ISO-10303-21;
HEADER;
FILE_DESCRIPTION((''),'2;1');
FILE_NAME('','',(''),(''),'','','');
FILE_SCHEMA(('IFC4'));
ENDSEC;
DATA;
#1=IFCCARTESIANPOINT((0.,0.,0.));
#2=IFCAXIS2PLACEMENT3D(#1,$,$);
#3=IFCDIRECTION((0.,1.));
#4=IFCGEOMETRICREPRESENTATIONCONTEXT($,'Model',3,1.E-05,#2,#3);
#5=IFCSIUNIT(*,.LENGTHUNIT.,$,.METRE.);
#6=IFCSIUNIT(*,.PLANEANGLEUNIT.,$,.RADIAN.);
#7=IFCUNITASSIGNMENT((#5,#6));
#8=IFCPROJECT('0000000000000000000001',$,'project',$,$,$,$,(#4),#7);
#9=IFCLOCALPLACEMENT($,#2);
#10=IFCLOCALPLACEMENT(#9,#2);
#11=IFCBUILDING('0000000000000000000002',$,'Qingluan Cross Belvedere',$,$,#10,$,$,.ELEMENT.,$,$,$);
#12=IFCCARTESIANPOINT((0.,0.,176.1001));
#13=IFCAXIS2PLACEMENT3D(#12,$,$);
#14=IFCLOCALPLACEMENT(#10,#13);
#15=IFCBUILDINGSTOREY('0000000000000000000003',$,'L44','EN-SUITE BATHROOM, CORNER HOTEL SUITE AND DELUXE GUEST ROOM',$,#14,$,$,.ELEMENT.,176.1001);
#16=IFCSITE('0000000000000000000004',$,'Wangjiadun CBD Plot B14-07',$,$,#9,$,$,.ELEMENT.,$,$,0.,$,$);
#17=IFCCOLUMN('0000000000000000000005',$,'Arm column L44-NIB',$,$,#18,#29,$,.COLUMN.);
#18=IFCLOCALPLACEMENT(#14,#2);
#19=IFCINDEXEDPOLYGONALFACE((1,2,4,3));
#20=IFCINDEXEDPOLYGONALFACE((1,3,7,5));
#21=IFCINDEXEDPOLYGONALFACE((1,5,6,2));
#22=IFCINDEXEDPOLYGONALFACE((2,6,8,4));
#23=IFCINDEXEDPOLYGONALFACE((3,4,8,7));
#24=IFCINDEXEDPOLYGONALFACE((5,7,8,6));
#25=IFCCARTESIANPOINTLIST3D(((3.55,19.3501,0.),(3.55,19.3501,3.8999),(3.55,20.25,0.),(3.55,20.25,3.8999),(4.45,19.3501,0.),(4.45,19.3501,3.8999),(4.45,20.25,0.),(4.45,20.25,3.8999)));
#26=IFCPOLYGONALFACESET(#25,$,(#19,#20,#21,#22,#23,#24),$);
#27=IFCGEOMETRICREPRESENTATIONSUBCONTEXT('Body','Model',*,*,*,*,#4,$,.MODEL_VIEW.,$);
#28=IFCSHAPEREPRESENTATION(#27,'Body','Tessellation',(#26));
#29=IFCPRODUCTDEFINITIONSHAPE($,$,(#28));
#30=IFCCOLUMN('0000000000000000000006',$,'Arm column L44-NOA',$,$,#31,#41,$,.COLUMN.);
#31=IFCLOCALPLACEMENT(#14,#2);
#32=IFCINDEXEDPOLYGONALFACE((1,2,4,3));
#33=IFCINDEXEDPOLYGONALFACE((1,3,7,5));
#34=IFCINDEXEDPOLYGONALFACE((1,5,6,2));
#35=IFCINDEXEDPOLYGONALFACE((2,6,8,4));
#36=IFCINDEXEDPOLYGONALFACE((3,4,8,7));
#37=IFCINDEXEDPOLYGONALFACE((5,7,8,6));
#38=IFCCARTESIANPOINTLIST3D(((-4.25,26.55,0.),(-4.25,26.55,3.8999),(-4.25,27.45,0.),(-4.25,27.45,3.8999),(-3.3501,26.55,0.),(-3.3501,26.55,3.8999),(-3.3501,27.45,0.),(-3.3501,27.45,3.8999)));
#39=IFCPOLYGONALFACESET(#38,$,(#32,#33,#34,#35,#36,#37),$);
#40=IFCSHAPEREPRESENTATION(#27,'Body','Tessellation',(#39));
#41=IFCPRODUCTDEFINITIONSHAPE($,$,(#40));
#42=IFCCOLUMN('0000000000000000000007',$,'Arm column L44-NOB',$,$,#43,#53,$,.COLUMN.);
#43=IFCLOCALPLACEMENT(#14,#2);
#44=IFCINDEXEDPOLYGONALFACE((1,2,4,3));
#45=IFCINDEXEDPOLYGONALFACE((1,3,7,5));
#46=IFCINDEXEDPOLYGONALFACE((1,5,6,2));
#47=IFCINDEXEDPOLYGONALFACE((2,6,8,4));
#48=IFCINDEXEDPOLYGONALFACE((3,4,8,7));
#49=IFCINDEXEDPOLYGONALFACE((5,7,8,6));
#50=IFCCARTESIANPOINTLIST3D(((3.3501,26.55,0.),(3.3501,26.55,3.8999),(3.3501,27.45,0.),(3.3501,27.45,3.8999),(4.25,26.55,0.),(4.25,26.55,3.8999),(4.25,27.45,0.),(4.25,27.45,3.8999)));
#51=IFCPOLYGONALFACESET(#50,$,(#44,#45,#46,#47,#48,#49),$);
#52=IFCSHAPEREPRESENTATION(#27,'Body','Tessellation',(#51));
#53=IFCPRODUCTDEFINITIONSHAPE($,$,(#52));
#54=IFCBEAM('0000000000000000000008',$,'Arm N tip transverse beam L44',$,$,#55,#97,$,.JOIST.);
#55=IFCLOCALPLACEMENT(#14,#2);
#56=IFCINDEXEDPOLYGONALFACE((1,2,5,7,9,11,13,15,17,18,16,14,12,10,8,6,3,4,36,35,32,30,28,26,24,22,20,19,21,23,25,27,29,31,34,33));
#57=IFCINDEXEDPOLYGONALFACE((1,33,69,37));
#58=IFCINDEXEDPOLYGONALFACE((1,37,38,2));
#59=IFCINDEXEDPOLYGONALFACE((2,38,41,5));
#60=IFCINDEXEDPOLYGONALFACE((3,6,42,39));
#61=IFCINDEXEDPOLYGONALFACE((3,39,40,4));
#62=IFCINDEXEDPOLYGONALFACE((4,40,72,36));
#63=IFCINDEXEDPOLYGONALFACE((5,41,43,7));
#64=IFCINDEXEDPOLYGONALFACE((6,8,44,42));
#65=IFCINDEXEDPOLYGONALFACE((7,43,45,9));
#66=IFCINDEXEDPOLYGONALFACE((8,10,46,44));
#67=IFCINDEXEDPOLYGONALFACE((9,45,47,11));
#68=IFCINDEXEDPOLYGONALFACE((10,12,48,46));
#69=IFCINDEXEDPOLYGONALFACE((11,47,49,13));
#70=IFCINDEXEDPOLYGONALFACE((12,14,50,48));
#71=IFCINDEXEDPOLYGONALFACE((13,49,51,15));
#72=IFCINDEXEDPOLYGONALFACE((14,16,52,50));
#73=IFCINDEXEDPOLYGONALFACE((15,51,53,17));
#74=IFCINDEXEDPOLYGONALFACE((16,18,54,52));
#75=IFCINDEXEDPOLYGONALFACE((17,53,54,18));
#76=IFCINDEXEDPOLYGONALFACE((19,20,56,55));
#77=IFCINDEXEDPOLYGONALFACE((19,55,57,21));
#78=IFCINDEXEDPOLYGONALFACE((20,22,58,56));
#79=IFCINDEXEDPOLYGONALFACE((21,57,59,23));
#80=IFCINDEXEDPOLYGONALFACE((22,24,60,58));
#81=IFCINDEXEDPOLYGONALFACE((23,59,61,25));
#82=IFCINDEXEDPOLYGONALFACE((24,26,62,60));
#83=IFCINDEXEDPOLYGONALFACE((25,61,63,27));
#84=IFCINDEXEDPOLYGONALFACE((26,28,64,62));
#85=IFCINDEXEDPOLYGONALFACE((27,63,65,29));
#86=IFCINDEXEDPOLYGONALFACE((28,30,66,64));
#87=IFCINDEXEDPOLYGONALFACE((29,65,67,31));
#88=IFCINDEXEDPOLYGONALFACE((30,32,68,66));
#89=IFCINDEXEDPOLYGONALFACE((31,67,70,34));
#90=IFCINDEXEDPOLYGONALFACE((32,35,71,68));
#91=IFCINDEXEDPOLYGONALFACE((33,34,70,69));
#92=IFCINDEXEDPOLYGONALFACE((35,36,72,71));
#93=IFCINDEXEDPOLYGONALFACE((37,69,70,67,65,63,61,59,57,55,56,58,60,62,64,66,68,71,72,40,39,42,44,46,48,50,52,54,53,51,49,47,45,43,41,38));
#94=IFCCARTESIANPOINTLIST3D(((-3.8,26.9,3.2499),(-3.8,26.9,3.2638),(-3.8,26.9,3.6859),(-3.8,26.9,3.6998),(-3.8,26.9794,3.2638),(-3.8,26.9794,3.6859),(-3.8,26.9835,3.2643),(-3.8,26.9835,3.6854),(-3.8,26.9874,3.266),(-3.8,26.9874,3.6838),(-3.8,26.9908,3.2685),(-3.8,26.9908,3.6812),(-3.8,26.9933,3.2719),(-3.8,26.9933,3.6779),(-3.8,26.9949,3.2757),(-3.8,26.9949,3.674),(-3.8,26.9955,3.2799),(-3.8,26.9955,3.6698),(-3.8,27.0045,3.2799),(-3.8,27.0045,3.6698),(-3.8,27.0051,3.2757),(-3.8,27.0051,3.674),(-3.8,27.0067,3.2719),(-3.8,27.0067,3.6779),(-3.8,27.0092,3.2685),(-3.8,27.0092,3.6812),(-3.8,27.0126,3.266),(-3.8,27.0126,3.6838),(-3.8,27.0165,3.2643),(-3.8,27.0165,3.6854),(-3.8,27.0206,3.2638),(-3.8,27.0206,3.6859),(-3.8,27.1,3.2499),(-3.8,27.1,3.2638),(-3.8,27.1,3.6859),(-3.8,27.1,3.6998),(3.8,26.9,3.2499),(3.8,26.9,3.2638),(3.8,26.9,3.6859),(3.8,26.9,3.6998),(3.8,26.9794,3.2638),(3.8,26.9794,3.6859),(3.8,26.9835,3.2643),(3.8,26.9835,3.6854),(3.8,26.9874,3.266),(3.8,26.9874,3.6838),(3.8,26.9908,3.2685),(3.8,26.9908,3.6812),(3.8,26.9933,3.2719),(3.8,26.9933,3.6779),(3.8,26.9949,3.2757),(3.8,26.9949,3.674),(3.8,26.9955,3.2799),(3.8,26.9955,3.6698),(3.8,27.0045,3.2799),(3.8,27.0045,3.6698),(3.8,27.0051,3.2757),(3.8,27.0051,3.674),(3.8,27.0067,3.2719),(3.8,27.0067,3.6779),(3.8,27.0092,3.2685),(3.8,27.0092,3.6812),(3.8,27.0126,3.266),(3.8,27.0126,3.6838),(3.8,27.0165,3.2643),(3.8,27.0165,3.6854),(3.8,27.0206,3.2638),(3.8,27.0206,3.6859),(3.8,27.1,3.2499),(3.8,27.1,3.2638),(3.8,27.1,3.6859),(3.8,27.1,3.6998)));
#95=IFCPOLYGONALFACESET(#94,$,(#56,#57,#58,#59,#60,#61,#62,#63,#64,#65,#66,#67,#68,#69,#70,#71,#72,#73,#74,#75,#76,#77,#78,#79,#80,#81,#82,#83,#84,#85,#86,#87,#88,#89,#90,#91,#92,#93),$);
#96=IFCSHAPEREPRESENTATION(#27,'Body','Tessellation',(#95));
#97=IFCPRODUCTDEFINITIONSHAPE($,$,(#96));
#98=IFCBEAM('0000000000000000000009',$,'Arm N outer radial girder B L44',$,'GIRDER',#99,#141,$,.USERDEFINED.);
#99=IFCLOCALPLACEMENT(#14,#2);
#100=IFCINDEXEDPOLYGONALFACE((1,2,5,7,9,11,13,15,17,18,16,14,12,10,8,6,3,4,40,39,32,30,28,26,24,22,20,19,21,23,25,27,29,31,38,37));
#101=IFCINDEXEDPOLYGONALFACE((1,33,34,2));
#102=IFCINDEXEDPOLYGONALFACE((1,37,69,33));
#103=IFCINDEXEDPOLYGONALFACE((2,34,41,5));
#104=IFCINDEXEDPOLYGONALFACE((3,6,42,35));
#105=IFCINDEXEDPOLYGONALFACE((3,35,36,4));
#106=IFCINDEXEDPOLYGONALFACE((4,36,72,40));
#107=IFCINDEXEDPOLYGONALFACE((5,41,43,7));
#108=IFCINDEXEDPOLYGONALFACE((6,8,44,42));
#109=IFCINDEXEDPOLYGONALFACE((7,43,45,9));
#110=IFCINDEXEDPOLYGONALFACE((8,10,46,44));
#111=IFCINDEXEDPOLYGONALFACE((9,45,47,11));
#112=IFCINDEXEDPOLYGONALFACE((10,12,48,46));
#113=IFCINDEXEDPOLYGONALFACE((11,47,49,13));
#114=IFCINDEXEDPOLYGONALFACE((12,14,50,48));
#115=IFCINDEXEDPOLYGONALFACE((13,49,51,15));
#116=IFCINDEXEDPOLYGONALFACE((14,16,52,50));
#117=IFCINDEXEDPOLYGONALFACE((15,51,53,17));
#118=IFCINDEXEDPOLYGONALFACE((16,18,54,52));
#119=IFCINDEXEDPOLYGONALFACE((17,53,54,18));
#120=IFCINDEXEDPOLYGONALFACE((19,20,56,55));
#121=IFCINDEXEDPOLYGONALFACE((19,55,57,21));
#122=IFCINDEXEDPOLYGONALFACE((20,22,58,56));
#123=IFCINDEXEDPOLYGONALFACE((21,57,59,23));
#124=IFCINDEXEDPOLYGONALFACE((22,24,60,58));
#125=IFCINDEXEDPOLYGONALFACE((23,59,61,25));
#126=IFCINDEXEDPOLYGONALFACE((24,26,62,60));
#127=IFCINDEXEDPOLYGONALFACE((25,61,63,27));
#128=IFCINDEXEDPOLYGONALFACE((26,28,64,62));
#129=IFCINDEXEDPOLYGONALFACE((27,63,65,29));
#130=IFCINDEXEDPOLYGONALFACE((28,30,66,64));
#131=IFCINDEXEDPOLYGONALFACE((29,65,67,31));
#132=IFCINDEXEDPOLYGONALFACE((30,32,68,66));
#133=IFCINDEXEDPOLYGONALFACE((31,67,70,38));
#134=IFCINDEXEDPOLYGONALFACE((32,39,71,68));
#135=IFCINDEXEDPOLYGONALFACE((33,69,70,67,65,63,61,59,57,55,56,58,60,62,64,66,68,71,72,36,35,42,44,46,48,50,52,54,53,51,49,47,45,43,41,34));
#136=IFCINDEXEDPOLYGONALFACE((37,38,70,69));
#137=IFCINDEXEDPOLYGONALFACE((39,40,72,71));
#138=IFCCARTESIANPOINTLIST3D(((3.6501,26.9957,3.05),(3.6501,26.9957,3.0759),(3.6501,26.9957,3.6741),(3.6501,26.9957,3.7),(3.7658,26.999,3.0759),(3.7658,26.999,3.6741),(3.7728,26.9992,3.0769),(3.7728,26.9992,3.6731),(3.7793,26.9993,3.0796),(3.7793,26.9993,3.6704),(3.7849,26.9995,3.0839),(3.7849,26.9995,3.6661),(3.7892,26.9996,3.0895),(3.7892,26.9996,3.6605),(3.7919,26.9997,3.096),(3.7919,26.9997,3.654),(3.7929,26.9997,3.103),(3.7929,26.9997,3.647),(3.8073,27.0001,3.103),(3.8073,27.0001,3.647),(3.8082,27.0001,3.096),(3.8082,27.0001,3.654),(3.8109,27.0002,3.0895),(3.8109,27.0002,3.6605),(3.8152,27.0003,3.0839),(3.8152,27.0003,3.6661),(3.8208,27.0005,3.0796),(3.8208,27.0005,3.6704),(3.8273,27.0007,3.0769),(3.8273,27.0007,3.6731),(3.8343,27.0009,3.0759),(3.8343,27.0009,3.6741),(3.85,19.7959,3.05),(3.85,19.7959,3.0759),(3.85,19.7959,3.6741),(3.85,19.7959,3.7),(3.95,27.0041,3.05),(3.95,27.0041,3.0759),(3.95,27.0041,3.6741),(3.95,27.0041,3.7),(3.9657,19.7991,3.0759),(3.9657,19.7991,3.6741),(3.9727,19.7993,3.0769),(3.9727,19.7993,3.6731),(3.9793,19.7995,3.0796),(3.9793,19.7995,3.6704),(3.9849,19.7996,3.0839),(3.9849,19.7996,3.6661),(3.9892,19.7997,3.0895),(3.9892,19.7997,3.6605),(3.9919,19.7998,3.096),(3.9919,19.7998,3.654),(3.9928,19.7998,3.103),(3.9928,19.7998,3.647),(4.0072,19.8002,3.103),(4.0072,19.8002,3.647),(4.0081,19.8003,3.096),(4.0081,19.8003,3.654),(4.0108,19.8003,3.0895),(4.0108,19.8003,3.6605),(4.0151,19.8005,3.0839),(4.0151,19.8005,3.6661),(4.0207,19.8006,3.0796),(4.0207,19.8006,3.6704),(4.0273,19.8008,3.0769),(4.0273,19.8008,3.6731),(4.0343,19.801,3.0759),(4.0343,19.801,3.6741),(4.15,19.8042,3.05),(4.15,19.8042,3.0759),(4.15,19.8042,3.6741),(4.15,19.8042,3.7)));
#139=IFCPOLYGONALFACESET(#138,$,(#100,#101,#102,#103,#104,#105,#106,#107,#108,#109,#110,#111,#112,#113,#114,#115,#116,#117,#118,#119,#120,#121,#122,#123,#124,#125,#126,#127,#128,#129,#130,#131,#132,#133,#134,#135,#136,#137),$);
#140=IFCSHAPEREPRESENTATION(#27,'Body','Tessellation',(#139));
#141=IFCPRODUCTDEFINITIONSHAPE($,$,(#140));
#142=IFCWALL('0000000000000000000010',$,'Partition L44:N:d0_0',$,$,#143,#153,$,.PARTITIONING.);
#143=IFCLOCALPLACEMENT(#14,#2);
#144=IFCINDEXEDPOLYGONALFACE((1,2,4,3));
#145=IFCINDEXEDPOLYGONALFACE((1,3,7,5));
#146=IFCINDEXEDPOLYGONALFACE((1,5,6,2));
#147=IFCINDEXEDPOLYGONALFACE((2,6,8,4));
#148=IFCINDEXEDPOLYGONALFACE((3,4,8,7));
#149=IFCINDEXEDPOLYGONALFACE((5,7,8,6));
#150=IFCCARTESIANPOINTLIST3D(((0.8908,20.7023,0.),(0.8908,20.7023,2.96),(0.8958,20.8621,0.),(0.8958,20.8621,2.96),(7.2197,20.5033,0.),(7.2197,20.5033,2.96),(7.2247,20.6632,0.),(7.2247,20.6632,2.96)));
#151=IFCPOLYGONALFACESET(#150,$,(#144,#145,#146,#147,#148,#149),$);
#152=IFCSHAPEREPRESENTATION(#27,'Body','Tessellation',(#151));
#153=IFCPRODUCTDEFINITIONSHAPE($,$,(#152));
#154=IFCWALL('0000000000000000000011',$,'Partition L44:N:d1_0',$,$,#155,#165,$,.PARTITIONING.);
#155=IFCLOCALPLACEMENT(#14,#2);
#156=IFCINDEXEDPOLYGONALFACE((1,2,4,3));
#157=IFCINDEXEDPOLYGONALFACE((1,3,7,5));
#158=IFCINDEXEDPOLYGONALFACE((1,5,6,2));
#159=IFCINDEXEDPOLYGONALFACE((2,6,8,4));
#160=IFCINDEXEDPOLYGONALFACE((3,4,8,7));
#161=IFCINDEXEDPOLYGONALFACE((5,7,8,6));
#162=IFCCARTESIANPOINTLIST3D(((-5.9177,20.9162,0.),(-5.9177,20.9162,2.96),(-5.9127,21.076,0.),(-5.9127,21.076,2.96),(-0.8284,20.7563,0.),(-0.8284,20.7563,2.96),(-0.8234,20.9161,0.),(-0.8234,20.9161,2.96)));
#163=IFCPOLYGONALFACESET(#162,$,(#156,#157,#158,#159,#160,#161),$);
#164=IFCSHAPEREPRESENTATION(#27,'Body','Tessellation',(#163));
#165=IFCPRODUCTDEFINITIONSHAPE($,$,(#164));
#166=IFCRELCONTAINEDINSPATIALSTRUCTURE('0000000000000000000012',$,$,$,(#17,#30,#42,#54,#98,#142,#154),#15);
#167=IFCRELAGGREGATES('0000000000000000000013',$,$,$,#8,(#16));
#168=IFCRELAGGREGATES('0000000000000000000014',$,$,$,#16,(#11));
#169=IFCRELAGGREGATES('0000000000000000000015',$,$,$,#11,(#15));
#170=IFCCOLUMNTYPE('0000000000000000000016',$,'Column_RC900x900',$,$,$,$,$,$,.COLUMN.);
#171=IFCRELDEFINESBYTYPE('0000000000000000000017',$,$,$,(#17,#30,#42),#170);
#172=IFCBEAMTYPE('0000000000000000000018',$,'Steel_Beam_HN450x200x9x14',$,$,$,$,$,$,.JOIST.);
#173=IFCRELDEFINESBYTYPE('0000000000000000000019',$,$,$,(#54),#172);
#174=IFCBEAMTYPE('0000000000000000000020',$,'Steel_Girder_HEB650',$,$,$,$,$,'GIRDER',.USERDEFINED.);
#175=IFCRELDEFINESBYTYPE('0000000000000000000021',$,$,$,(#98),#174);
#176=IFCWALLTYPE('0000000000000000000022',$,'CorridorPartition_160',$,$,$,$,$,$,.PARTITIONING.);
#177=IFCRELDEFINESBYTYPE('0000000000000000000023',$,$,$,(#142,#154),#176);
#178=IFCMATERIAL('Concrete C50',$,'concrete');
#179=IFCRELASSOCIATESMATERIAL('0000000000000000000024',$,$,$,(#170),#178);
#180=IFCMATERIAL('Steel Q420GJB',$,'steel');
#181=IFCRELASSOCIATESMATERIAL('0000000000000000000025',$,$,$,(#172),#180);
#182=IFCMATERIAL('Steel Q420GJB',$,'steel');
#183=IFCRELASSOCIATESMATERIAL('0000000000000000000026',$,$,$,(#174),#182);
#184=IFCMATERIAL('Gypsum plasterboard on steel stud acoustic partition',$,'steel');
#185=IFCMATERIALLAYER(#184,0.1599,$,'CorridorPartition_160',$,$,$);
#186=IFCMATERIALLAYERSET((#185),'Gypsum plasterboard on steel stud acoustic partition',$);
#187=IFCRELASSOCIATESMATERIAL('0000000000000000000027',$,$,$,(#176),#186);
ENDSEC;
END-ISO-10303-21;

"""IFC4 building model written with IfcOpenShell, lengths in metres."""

from ifc_helpers import new_model, si_unit, direction, frame, frame_2d, origin, origin_2d, place, context, subcontext, project, spatial, rectangle, i_section, extrude, material, layer, layer_set, material_profile, profile_set, type_object, element, save


model = new_model("IFC4")

# Units and contexts
model_context = context("Model", 3, precision=1e-05, world=origin(), true_north=direction((0.0, 1.0)))
body_context = subcontext(model_context, "Body", "Model", "MODEL_VIEW")
ifc_project = project(units=[si_unit("LENGTHUNIT", "METRE"), si_unit("PLANEANGLEUNIT", "RADIAN")], contexts=[model_context])

# Site, building, storey
site_placement = place(None, origin())
site = spatial("IfcSite", under=ifc_project, at=site_placement, Name="Wangjiadun CBD Plot B14-07", CompositionType="ELEMENT", RefElevation=0.0)
building_placement = place(site_placement, origin())
building = spatial("IfcBuilding", under=site, at=building_placement, Name="Qingluan Cross Belvedere", CompositionType="ELEMENT")
storey_placement = place(building_placement, frame((0.0, 0.0, 176.1001)))
storey = spatial("IfcBuildingStorey", under=building, at=storey_placement, Name="L44", Description="EN-SUITE BATHROOM, CORNER HOTEL SUITE AND DELUXE GUEST ROOM", CompositionType="ELEMENT", Elevation=176.1001)

# Columns
ifc_material_1 = material(Name="Concrete C50", Category="concrete")
ifc_material_profile_1 = material_profile(ifc_material_1, rectangle(XDim=0.8999, YDim=0.8999, at=origin_2d()), Name="RC900x900")
ifc_profile_set_1 = profile_set([ifc_material_profile_1], Name="Concrete C50")
column_type = type_object("IfcColumnType", Name="Column_RC900x900", PredefinedType="COLUMN", material=ifc_profile_set_1)
for number, where, z_axis, x_axis, name in (
    (1, (4.0, 19.8, 0.0), (0.0, 0.0, 1.0), (1.0, 0.0, 0.0), "Arm column L44-NIB"),
    (2, (-3.8, 27.0, 0.0), (0.0, 0.0, 1.0), (1.0, 0.0, 0.0), "Arm column L44-NOA"),
    (3, (3.8, 27.0, 0.0), (0.0, 0.0, 1.0), (1.0, 0.0, 0.0), "Arm column L44-NOB"),
):
    element("IfcColumn", number, at=place(storey_placement, frame(where, z_axis=z_axis, x_axis=x_axis)), inside=storey, type_object=column_type, Name=name, PredefinedType="COLUMN", context=body_context, shape_type="SweptSolid", body=[
        extrude(rectangle(XDim=0.8999, YDim=0.8999, at=origin_2d()), origin(), (0.0, 0.0, 1.0), 3.8999),
    ])

# Beams
ifc_material_2 = material(Name="Steel Q420GJB", Category="steel")
ifc_material_profile_2 = material_profile(ifc_material_2, i_section(OverallWidth=0.2, OverallDepth=0.45, WebThickness=0.009, FlangeThickness=0.0139, FilletRadius=0.0161, at=origin_2d()), Name="HN450x200x9x14")
ifc_profile_set_2 = profile_set([ifc_material_profile_2], Name="Steel Q420GJB")
beam_type_1 = type_object("IfcBeamType", Name="Steel_Beam_HN450x200x9x14", PredefinedType="JOIST", material=ifc_profile_set_2)
beam_1_placement = place(storey_placement, frame((-3.8, 27.0, 3.4749), z_axis=(1.0, 0.0, 0.0), x_axis=(0.0, 1.0, 0.0)))
element("IfcBeam", 4, at=beam_1_placement, inside=storey, type_object=beam_type_1, Name="Arm N tip transverse beam L44", PredefinedType="JOIST", context=body_context, shape_type="SweptSolid", body=[
    extrude(i_section(OverallWidth=0.2, OverallDepth=0.45, WebThickness=0.009, FlangeThickness=0.0139, FilletRadius=0.0161, at=origin_2d()), origin(), (0.0, 0.0, 1.0), 7.6001),
])
ifc_material_3 = material(Name="Steel Q420GJB", Category="steel")
ifc_material_profile_3 = material_profile(ifc_material_3, i_section(OverallWidth=0.3, OverallDepth=0.6499, WebThickness=0.0144, FlangeThickness=0.0259, FilletRadius=0.0271, at=origin_2d()), Name="HEB650")
ifc_profile_set_3 = profile_set([ifc_material_profile_3], Name="Steel Q420GJB")
beam_type_2 = type_object("IfcBeamType", Name="Steel_Girder_HEB650", ElementType="GIRDER", PredefinedType="USERDEFINED", material=ifc_profile_set_3)
beam_2_placement = place(storey_placement, frame((4.0, 19.8, 3.375), z_axis=(-0.02776, 0.999615, 0.0), x_axis=(-0.999615, -0.02776, 0.0)))
element("IfcBeam", 5, at=beam_2_placement, inside=storey, type_object=beam_type_2, Name="Arm N outer radial girder B L44", ObjectType="GIRDER", PredefinedType="USERDEFINED", context=body_context, shape_type="SweptSolid", body=[
    extrude(i_section(OverallWidth=0.3, OverallDepth=0.6499, WebThickness=0.0144, FlangeThickness=0.0259, FilletRadius=0.0271, at=origin_2d()), origin(), (0.0, 0.0, 1.0), 7.2026),
])

# Walls
ifc_material_4 = material(Name="Gypsum plasterboard on steel stud acoustic partition", Category="steel")
ifc_layer_1 = layer(ifc_material_4, 0.1599, Name="CorridorPartition_160")
ifc_layer_set_1 = layer_set([ifc_layer_1], Name="Gypsum plasterboard on steel stud acoustic partition")
wall_type_1 = type_object("IfcWallType", Name="CorridorPartition_160", PredefinedType="PARTITIONING", material=ifc_layer_set_1)
wall_1_placement = place(storey_placement, frame((0.8933, 20.7822, 0.0), z_axis=(0.0, 0.0, 1.0), x_axis=(0.999506, -0.031424, 0.0)))
element("IfcWall", 6, at=wall_1_placement, inside=storey, type_object=wall_type_1, Name="Partition L44:N:d0_0", PredefinedType="PARTITIONING", context=body_context, shape_type="SweptSolid", body=[
    extrude(rectangle(XDim=6.332, YDim=0.1599, at=frame_2d((3.166, 0.0))), origin(), (0.0, 0.0, 1.0), 2.96),
])
wall_2_placement = place(storey_placement, frame((-0.8259, 20.8362, 0.0), z_axis=(0.0, 0.0, 1.0), x_axis=(-0.999507, 0.031405, 0.0)))
element("IfcWall", 7, at=wall_2_placement, inside=storey, type_object=wall_type_1, Name="Partition L44:N:d1_0", PredefinedType="PARTITIONING", context=body_context, shape_type="SweptSolid", body=[
    extrude(rectangle(XDim=5.0918, YDim=0.1599, at=frame_2d((2.5459, 0.0))), origin(), (0.0, 0.0, 1.0), 2.96),
])

save(model, "model.ifc")
